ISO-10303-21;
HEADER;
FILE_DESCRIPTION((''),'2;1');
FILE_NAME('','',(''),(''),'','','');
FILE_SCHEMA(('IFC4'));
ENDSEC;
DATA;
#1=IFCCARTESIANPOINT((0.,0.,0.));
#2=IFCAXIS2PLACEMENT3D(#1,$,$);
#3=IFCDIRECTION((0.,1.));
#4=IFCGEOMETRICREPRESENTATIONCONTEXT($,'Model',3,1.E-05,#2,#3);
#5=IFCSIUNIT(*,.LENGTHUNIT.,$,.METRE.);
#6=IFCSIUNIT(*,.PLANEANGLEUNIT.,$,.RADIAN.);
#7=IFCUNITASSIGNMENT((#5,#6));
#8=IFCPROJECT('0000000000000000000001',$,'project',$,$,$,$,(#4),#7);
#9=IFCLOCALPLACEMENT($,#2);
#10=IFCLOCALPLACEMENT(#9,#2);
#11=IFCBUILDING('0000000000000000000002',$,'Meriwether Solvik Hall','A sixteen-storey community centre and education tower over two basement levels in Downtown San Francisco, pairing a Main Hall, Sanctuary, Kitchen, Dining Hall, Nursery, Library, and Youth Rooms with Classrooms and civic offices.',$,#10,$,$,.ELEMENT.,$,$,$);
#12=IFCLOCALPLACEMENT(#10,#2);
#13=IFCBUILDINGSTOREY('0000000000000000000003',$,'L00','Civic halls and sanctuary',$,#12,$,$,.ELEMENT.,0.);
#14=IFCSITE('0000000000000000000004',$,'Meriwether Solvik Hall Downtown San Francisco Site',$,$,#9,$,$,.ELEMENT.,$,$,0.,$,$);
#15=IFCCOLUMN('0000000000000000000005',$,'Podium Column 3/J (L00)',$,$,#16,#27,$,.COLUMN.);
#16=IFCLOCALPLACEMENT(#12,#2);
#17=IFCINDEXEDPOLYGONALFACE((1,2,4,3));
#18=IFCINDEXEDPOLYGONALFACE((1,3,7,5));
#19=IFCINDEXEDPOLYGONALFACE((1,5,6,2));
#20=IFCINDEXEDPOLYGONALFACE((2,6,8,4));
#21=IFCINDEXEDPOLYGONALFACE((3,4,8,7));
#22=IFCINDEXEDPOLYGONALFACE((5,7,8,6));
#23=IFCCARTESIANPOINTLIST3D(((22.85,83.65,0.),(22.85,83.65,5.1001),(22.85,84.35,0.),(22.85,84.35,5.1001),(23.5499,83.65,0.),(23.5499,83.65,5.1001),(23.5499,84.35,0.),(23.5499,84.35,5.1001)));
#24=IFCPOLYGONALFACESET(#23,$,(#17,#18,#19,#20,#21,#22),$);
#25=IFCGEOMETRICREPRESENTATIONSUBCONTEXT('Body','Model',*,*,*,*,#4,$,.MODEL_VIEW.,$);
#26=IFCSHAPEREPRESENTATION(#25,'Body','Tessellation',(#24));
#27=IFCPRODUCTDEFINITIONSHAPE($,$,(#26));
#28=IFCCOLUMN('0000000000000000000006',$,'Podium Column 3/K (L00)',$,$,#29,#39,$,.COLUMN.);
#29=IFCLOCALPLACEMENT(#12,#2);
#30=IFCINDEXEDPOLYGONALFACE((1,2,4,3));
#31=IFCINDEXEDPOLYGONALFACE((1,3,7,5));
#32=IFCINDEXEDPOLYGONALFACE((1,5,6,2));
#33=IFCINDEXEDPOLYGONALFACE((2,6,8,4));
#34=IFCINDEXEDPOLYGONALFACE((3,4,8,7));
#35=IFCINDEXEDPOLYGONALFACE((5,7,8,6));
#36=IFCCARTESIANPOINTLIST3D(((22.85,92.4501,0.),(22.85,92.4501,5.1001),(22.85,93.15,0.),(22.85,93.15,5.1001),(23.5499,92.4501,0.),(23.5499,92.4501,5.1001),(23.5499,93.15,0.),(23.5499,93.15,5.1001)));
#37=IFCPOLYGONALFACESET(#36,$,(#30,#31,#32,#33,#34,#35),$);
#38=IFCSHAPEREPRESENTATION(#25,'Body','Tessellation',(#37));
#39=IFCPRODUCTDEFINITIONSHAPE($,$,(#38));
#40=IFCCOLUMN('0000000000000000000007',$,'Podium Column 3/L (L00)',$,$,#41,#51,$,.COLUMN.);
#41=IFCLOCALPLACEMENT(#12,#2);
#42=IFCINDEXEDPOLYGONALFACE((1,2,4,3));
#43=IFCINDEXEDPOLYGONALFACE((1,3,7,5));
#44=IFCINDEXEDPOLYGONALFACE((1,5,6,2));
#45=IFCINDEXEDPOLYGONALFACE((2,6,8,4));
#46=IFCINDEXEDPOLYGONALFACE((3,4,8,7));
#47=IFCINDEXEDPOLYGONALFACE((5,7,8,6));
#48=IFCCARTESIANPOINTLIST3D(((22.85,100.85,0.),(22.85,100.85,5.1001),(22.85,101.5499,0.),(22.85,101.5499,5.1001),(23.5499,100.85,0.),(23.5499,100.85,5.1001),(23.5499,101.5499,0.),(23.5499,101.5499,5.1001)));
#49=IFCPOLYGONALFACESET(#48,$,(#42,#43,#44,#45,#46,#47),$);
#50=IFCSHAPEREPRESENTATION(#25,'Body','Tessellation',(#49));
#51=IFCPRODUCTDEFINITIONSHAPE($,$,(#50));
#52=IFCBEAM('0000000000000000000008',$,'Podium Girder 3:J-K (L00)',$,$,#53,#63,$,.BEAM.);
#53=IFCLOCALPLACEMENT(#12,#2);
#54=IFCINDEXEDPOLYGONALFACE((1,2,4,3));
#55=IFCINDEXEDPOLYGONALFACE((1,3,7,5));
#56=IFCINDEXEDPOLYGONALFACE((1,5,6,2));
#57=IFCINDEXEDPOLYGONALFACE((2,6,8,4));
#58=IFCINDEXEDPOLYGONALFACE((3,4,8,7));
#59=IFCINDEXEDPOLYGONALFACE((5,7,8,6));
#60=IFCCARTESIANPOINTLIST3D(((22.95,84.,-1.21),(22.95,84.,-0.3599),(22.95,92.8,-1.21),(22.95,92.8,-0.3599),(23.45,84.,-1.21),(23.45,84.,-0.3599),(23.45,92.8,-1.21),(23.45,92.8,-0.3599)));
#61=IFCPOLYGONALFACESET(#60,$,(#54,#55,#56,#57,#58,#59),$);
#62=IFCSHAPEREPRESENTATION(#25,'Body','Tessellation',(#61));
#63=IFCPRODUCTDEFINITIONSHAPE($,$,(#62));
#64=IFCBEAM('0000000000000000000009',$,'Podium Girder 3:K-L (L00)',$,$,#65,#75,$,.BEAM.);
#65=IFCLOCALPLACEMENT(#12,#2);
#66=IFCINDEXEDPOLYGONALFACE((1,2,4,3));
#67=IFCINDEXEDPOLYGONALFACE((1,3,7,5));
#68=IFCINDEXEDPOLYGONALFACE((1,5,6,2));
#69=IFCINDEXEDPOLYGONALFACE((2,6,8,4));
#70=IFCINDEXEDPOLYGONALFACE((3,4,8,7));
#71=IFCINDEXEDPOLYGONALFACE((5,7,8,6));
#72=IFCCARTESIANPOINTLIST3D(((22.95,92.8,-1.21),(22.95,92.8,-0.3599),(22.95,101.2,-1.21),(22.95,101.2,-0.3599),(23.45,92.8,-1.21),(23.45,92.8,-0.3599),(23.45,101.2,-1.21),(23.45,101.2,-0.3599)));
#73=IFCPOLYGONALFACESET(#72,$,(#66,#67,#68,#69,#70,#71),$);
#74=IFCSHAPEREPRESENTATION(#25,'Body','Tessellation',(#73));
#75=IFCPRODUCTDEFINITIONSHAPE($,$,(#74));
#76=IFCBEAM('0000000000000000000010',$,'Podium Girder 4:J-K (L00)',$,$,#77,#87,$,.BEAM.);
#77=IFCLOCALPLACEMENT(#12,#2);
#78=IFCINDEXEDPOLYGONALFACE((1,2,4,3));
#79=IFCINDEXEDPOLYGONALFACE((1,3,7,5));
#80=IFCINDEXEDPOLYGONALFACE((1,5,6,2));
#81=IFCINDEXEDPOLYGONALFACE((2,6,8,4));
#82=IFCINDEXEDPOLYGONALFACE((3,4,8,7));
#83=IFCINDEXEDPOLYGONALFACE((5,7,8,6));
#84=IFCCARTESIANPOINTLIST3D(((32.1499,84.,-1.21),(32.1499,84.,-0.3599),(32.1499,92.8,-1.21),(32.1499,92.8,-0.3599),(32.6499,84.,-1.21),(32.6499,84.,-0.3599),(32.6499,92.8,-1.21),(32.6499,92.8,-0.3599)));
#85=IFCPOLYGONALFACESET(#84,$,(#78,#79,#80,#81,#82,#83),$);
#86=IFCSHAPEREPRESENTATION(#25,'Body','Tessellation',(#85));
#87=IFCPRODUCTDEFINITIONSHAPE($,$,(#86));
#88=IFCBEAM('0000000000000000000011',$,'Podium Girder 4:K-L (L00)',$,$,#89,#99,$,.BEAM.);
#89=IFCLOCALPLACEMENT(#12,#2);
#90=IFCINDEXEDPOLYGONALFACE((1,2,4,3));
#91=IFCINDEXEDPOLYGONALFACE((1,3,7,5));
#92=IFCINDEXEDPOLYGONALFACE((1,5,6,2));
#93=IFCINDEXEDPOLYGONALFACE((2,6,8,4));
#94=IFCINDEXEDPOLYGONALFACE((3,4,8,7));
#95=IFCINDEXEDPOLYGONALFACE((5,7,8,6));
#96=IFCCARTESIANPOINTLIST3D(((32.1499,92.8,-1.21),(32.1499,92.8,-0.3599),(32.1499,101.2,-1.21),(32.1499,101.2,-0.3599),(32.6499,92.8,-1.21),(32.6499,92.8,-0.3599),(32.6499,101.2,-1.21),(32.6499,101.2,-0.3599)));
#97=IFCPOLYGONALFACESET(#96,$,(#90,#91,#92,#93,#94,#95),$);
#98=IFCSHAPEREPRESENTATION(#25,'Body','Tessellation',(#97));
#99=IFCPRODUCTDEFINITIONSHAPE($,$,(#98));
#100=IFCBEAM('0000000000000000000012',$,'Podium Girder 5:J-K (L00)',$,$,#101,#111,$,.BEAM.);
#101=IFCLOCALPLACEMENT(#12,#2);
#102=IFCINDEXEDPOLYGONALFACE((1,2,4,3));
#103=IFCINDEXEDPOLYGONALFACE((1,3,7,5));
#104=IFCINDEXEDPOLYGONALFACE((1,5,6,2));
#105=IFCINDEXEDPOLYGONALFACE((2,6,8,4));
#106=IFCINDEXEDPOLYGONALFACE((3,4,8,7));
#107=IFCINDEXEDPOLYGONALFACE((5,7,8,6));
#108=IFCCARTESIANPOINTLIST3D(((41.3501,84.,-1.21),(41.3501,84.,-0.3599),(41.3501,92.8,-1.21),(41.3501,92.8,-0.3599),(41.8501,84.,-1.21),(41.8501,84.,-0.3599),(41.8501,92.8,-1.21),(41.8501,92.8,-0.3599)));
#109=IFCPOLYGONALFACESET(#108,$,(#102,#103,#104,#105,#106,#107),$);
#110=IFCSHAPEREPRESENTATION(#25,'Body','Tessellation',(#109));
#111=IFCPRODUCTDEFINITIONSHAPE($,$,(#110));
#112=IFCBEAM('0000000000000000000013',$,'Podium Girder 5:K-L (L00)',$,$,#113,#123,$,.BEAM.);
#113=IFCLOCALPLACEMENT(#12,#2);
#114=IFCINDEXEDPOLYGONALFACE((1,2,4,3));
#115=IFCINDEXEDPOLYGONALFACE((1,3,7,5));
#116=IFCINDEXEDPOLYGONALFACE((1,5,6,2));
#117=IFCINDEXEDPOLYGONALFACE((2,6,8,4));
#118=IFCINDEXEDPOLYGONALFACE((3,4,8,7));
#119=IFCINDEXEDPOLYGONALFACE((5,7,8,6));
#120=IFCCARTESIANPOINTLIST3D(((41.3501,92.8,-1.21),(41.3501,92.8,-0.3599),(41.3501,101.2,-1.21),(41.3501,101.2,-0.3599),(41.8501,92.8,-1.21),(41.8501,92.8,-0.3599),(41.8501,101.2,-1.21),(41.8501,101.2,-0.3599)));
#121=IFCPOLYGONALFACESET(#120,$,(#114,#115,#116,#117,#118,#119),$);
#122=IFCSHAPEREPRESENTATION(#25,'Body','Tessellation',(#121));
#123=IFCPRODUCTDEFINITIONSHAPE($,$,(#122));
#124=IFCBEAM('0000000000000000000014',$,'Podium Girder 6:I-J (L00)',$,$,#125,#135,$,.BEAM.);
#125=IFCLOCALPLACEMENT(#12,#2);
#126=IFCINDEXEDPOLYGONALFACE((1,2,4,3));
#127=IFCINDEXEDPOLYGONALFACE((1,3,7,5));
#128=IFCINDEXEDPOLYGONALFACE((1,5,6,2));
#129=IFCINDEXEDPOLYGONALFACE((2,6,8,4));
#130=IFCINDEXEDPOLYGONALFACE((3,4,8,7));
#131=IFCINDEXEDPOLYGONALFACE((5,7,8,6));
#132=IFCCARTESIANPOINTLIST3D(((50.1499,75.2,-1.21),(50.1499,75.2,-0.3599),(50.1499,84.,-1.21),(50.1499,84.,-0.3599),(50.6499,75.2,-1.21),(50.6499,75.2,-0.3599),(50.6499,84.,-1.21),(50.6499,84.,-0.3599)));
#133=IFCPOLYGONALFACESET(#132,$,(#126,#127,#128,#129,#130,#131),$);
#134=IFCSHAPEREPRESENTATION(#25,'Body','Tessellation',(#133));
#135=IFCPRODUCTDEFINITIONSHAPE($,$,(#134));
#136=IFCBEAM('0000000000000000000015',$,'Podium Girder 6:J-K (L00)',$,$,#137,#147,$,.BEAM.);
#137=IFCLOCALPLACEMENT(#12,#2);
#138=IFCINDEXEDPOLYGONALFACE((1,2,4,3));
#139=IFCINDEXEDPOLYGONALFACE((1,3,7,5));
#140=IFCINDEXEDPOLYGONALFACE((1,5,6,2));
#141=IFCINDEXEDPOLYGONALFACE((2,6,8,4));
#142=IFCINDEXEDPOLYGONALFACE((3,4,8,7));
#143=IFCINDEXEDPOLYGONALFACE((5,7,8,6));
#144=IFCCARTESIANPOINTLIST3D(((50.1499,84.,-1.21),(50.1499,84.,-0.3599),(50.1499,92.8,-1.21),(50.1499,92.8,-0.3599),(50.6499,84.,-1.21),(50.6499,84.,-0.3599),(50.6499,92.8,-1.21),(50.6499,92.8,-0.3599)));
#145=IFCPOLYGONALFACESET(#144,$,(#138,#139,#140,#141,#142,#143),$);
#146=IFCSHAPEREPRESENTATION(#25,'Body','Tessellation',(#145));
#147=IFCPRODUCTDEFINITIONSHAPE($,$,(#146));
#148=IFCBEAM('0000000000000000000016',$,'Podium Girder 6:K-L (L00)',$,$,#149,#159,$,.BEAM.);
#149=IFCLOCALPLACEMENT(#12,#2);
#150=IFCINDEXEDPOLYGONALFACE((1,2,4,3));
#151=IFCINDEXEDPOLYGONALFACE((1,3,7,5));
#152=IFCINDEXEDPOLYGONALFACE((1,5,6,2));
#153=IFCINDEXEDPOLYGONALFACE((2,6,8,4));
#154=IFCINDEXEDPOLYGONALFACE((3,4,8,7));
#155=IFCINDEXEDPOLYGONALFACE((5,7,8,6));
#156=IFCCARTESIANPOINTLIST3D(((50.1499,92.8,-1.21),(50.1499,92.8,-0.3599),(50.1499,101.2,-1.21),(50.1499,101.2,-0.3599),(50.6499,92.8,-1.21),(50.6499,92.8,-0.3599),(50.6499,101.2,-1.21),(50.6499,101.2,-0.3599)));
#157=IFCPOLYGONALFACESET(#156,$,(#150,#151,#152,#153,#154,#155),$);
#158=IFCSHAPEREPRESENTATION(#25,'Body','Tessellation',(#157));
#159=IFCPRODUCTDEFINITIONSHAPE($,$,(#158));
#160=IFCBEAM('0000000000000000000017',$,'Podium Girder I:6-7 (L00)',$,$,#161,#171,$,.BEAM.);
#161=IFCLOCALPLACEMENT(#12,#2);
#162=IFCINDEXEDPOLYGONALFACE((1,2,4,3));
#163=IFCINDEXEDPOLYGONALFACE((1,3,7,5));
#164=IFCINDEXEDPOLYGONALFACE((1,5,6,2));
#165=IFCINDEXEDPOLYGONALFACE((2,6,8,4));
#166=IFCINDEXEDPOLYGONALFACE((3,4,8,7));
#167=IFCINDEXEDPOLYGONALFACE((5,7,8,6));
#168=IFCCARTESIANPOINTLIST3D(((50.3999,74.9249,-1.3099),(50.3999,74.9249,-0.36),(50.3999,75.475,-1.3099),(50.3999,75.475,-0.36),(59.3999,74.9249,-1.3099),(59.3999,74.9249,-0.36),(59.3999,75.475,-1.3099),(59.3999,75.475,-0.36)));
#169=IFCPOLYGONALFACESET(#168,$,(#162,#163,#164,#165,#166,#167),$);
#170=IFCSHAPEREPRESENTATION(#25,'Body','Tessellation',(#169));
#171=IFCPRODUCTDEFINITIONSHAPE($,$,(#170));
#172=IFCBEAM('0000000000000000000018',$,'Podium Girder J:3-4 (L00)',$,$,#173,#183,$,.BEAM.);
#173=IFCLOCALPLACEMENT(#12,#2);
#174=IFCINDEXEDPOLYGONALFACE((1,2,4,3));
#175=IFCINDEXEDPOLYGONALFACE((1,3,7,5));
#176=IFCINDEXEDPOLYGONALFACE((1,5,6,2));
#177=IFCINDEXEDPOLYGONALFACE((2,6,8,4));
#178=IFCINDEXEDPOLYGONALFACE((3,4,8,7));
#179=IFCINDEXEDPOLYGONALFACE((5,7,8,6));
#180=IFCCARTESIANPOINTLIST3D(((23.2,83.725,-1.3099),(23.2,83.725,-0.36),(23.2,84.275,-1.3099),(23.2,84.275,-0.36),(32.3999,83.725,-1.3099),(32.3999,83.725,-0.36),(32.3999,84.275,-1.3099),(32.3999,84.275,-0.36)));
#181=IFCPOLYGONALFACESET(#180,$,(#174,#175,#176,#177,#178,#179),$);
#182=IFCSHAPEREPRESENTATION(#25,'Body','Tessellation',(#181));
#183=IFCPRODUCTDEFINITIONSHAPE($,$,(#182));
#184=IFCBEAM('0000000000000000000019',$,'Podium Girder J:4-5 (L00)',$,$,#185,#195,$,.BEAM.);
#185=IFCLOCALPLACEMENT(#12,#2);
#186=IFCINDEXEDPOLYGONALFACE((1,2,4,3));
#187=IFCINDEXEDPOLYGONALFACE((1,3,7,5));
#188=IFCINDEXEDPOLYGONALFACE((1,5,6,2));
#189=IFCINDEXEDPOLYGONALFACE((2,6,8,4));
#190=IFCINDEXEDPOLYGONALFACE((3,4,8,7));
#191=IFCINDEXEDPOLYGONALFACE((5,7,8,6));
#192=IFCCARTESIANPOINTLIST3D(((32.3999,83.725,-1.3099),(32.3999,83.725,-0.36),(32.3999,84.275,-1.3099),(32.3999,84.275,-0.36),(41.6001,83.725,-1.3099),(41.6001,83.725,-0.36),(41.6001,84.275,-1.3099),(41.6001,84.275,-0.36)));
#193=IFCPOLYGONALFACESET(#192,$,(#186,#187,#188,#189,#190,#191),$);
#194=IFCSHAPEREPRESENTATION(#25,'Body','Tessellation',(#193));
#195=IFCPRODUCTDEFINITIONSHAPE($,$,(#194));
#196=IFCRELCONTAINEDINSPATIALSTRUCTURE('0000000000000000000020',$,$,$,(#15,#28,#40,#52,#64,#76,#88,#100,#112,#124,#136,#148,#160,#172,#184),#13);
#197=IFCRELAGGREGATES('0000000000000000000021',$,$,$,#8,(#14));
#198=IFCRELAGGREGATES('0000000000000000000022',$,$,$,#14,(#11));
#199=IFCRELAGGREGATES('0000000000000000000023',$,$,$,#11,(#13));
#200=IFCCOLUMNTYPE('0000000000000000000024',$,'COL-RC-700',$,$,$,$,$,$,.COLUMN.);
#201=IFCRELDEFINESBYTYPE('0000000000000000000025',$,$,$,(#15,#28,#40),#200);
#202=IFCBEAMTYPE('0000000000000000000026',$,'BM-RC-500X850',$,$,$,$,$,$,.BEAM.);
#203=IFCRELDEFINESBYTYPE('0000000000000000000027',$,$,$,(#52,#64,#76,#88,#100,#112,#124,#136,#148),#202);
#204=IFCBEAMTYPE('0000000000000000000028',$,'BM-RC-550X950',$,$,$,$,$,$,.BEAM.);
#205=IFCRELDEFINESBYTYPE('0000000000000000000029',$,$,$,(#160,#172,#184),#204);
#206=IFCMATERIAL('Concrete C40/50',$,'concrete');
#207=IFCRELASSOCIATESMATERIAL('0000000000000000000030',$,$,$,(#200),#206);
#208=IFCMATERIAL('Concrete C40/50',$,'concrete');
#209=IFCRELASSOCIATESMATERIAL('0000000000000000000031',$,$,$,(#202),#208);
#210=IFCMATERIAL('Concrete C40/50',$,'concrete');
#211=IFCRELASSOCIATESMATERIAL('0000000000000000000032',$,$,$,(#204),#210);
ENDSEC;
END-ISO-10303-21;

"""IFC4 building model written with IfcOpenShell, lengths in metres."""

from ifc_helpers import new_model, si_unit, direction, frame, origin, origin_2d, place, context, subcontext, project, spatial, rectangle, extrude, material, material_profile, profile_set, type_object, element, save


model = new_model("IFC4")

# Units and contexts
model_context = context("Model", 3, precision=1e-05, world=origin(), true_north=direction((0.0, 1.0)))
body_context = subcontext(model_context, "Body", "Model", "MODEL_VIEW")
ifc_project = project(units=[si_unit("LENGTHUNIT", "METRE"), si_unit("PLANEANGLEUNIT", "RADIAN")], contexts=[model_context])

# Site, building, storey
site_placement = place(None, origin())
site = spatial("IfcSite", under=ifc_project, at=site_placement, Name="Meriwether Solvik Hall Downtown San Francisco Site", CompositionType="ELEMENT", RefElevation=0.0)
building_placement = place(site_placement, origin())
building = spatial("IfcBuilding", under=site, at=building_placement, Name="Meriwether Solvik Hall", Description="A sixteen-storey community centre and education tower over two basement levels in Downtown San Francisco, pairing a Main Hall, Sanctuary, Kitchen, Dining Hall, Nursery, Library, and Youth Rooms with Classrooms and civic offices.", CompositionType="ELEMENT")
storey_placement = place(building_placement, origin())
storey = spatial("IfcBuildingStorey", under=building, at=storey_placement, Name="L00", Description="Civic halls and sanctuary", CompositionType="ELEMENT", Elevation=0.0)

# Columns
ifc_material_1 = material(Name="Concrete C40/50", Category="concrete")
ifc_material_profile_1 = material_profile(ifc_material_1, rectangle(XDim=0.7, YDim=0.7, at=origin_2d()), Name="RCC-700X700")
ifc_profile_set_1 = profile_set([ifc_material_profile_1], Name="Concrete C40/50")
column_type = type_object("IfcColumnType", Name="COL-RC-700", PredefinedType="COLUMN", material=ifc_profile_set_1)
for number, where, z_axis, x_axis, name in (
    (1, (23.2, 84.0, 0.0), (0.0, 0.0, 1.0), (1.0, 0.0, 0.0), "Podium Column 3/J (L00)"),
    (2, (23.2, 92.8, 0.0), (0.0, 0.0, 1.0), (1.0, 0.0, 0.0), "Podium Column 3/K (L00)"),
    (3, (23.2, 101.2, 0.0), (0.0, 0.0, 1.0), (1.0, 0.0, 0.0), "Podium Column 3/L (L00)"),
):
    element("IfcColumn", number, at=place(storey_placement, frame(where, z_axis=z_axis, x_axis=x_axis)), inside=storey, type_object=column_type, Name=name, PredefinedType="COLUMN", context=body_context, shape_type="SweptSolid", body=[
        extrude(rectangle(XDim=0.7, YDim=0.7, at=origin_2d()), origin(), (0.0, 0.0, 1.0), 5.1001),
    ])

# Beams
ifc_material_2 = material(Name="Concrete C40/50", Category="concrete")
ifc_material_profile_2 = material_profile(ifc_material_2, rectangle(XDim=0.5, YDim=0.8501, at=origin_2d()), Name="RCB-500X850")
ifc_profile_set_2 = profile_set([ifc_material_profile_2], Name="Concrete C40/50")
beam_type_1 = type_object("IfcBeamType", Name="BM-RC-500X850", PredefinedType="BEAM", material=ifc_profile_set_2)
beam_1_placement = place(storey_placement, frame((23.2, 84.0, -0.7849), z_axis=(0.0, 1.0, 0.0), x_axis=(-1.0, 0.0, 0.0)))
element("IfcBeam", 4, at=beam_1_placement, inside=storey, type_object=beam_type_1, Name="Podium Girder 3:J-K (L00)", PredefinedType="BEAM", context=body_context, shape_type="SweptSolid", body=[
    extrude(rectangle(XDim=0.5, YDim=0.8501, at=origin_2d()), origin(), (0.0, 0.0, 1.0), 8.8),
])
beam_2_placement = place(storey_placement, frame((23.2, 92.8, -0.7849), z_axis=(0.0, 1.0, 0.0), x_axis=(-1.0, 0.0, 0.0)))
element("IfcBeam", 5, at=beam_2_placement, inside=storey, type_object=beam_type_1, Name="Podium Girder 3:K-L (L00)", PredefinedType="BEAM", context=body_context, shape_type="SweptSolid", body=[
    extrude(rectangle(XDim=0.5, YDim=0.8501, at=origin_2d()), origin(), (0.0, 0.0, 1.0), 8.3999),
])
beam_3_placement = place(storey_placement, frame((32.3999, 84.0, -0.7849), z_axis=(0.0, 1.0, 0.0), x_axis=(-1.0, 0.0, 0.0)))
element("IfcBeam", 6, at=beam_3_placement, inside=storey, type_object=beam_type_1, Name="Podium Girder 4:J-K (L00)", PredefinedType="BEAM", context=body_context, shape_type="SweptSolid", body=[
    extrude(rectangle(XDim=0.5, YDim=0.8501, at=origin_2d()), origin(), (0.0, 0.0, 1.0), 8.8),
])
beam_4_placement = place(storey_placement, frame((32.3999, 92.8, -0.7849), z_axis=(0.0, 1.0, 0.0), x_axis=(-1.0, 0.0, 0.0)))
element("IfcBeam", 7, at=beam_4_placement, inside=storey, type_object=beam_type_1, Name="Podium Girder 4:K-L (L00)", PredefinedType="BEAM", context=body_context, shape_type="SweptSolid", body=[
    extrude(rectangle(XDim=0.5, YDim=0.8501, at=origin_2d()), origin(), (0.0, 0.0, 1.0), 8.3999),
])
beam_5_placement = place(storey_placement, frame((41.6001, 84.0, -0.7849), z_axis=(0.0, 1.0, 0.0), x_axis=(-1.0, 0.0, 0.0)))
element("IfcBeam", 8, at=beam_5_placement, inside=storey, type_object=beam_type_1, Name="Podium Girder 5:J-K (L00)", PredefinedType="BEAM", context=body_context, shape_type="SweptSolid", body=[
    extrude(rectangle(XDim=0.5, YDim=0.8501, at=origin_2d()), origin(), (0.0, 0.0, 1.0), 8.8),
])
beam_6_placement = place(storey_placement, frame((41.6001, 92.8, -0.7849), z_axis=(0.0, 1.0, 0.0), x_axis=(-1.0, 0.0, 0.0)))
element("IfcBeam", 9, at=beam_6_placement, inside=storey, type_object=beam_type_1, Name="Podium Girder 5:K-L (L00)", PredefinedType="BEAM", context=body_context, shape_type="SweptSolid", body=[
    extrude(rectangle(XDim=0.5, YDim=0.8501, at=origin_2d()), origin(), (0.0, 0.0, 1.0), 8.3999),
])
for number, where, z_axis, x_axis, name in (
    (10, (50.3999, 75.2, -0.7849), (0.0, 1.0, 0.0), (-1.0, 0.0, 0.0), "Podium Girder 6:I-J (L00)"),
    (11, (50.3999, 84.0, -0.7849), (0.0, 1.0, 0.0), (-1.0, 0.0, 0.0), "Podium Girder 6:J-K (L00)"),
):
    element("IfcBeam", number, at=place(storey_placement, frame(where, z_axis=z_axis, x_axis=x_axis)), inside=storey, type_object=beam_type_1, Name=name, PredefinedType="BEAM", context=body_context, shape_type="SweptSolid", body=[
        extrude(rectangle(XDim=0.5, YDim=0.8501, at=origin_2d()), origin(), (0.0, 0.0, 1.0), 8.8),
    ])
beam_7_placement = place(storey_placement, frame((50.3999, 92.8, -0.7849), z_axis=(0.0, 1.0, 0.0), x_axis=(-1.0, 0.0, 0.0)))
element("IfcBeam", 12, at=beam_7_placement, inside=storey, type_object=beam_type_1, Name="Podium Girder 6:K-L (L00)", PredefinedType="BEAM", context=body_context, shape_type="SweptSolid", body=[
    extrude(rectangle(XDim=0.5, YDim=0.8501, at=origin_2d()), origin(), (0.0, 0.0, 1.0), 8.3999),
])
ifc_material_3 = material(Name="Concrete C40/50", Category="concrete")
ifc_material_profile_3 = material_profile(ifc_material_3, rectangle(XDim=0.55, YDim=0.95, at=origin_2d()), Name="RCB-550X950")
ifc_profile_set_3 = profile_set([ifc_material_profile_3], Name="Concrete C40/50")
beam_type_2 = type_object("IfcBeamType", Name="BM-RC-550X950", PredefinedType="BEAM", material=ifc_profile_set_3)
beam_8_placement = place(storey_placement, frame((50.3999, 75.2, -0.835), z_axis=(1.0, 0.0, 0.0), x_axis=(0.0, 1.0, 0.0)))
element("IfcBeam", 13, at=beam_8_placement, inside=storey, type_object=beam_type_2, Name="Podium Girder I:6-7 (L00)", PredefinedType="BEAM", context=body_context, shape_type="SweptSolid", body=[
    extrude(rectangle(XDim=0.55, YDim=0.95, at=origin_2d()), origin(), (0.0, 0.0, 1.0), 9.0),
])
beam_9_placement = place(storey_placement, frame((23.2, 84.0, -0.835), z_axis=(1.0, 0.0, 0.0), x_axis=(0.0, 1.0, 0.0)))
element("IfcBeam", 14, at=beam_9_placement, inside=storey, type_object=beam_type_2, Name="Podium Girder J:3-4 (L00)", PredefinedType="BEAM", context=body_context, shape_type="SweptSolid", body=[
    extrude(rectangle(XDim=0.55, YDim=0.95, at=origin_2d()), origin(), (0.0, 0.0, 1.0), 9.2),
])
beam_10_placement = place(storey_placement, frame((32.3999, 84.0, -0.835), z_axis=(1.0, 0.0, 0.0), x_axis=(0.0, 1.0, 0.0)))
element("IfcBeam", 15, at=beam_10_placement, inside=storey, type_object=beam_type_2, Name="Podium Girder J:4-5 (L00)", PredefinedType="BEAM", context=body_context, shape_type="SweptSolid", body=[
    extrude(rectangle(XDim=0.55, YDim=0.95, at=origin_2d()), origin(), (0.0, 0.0, 1.0), 9.2002),
])

save(model, "model.ifc")
